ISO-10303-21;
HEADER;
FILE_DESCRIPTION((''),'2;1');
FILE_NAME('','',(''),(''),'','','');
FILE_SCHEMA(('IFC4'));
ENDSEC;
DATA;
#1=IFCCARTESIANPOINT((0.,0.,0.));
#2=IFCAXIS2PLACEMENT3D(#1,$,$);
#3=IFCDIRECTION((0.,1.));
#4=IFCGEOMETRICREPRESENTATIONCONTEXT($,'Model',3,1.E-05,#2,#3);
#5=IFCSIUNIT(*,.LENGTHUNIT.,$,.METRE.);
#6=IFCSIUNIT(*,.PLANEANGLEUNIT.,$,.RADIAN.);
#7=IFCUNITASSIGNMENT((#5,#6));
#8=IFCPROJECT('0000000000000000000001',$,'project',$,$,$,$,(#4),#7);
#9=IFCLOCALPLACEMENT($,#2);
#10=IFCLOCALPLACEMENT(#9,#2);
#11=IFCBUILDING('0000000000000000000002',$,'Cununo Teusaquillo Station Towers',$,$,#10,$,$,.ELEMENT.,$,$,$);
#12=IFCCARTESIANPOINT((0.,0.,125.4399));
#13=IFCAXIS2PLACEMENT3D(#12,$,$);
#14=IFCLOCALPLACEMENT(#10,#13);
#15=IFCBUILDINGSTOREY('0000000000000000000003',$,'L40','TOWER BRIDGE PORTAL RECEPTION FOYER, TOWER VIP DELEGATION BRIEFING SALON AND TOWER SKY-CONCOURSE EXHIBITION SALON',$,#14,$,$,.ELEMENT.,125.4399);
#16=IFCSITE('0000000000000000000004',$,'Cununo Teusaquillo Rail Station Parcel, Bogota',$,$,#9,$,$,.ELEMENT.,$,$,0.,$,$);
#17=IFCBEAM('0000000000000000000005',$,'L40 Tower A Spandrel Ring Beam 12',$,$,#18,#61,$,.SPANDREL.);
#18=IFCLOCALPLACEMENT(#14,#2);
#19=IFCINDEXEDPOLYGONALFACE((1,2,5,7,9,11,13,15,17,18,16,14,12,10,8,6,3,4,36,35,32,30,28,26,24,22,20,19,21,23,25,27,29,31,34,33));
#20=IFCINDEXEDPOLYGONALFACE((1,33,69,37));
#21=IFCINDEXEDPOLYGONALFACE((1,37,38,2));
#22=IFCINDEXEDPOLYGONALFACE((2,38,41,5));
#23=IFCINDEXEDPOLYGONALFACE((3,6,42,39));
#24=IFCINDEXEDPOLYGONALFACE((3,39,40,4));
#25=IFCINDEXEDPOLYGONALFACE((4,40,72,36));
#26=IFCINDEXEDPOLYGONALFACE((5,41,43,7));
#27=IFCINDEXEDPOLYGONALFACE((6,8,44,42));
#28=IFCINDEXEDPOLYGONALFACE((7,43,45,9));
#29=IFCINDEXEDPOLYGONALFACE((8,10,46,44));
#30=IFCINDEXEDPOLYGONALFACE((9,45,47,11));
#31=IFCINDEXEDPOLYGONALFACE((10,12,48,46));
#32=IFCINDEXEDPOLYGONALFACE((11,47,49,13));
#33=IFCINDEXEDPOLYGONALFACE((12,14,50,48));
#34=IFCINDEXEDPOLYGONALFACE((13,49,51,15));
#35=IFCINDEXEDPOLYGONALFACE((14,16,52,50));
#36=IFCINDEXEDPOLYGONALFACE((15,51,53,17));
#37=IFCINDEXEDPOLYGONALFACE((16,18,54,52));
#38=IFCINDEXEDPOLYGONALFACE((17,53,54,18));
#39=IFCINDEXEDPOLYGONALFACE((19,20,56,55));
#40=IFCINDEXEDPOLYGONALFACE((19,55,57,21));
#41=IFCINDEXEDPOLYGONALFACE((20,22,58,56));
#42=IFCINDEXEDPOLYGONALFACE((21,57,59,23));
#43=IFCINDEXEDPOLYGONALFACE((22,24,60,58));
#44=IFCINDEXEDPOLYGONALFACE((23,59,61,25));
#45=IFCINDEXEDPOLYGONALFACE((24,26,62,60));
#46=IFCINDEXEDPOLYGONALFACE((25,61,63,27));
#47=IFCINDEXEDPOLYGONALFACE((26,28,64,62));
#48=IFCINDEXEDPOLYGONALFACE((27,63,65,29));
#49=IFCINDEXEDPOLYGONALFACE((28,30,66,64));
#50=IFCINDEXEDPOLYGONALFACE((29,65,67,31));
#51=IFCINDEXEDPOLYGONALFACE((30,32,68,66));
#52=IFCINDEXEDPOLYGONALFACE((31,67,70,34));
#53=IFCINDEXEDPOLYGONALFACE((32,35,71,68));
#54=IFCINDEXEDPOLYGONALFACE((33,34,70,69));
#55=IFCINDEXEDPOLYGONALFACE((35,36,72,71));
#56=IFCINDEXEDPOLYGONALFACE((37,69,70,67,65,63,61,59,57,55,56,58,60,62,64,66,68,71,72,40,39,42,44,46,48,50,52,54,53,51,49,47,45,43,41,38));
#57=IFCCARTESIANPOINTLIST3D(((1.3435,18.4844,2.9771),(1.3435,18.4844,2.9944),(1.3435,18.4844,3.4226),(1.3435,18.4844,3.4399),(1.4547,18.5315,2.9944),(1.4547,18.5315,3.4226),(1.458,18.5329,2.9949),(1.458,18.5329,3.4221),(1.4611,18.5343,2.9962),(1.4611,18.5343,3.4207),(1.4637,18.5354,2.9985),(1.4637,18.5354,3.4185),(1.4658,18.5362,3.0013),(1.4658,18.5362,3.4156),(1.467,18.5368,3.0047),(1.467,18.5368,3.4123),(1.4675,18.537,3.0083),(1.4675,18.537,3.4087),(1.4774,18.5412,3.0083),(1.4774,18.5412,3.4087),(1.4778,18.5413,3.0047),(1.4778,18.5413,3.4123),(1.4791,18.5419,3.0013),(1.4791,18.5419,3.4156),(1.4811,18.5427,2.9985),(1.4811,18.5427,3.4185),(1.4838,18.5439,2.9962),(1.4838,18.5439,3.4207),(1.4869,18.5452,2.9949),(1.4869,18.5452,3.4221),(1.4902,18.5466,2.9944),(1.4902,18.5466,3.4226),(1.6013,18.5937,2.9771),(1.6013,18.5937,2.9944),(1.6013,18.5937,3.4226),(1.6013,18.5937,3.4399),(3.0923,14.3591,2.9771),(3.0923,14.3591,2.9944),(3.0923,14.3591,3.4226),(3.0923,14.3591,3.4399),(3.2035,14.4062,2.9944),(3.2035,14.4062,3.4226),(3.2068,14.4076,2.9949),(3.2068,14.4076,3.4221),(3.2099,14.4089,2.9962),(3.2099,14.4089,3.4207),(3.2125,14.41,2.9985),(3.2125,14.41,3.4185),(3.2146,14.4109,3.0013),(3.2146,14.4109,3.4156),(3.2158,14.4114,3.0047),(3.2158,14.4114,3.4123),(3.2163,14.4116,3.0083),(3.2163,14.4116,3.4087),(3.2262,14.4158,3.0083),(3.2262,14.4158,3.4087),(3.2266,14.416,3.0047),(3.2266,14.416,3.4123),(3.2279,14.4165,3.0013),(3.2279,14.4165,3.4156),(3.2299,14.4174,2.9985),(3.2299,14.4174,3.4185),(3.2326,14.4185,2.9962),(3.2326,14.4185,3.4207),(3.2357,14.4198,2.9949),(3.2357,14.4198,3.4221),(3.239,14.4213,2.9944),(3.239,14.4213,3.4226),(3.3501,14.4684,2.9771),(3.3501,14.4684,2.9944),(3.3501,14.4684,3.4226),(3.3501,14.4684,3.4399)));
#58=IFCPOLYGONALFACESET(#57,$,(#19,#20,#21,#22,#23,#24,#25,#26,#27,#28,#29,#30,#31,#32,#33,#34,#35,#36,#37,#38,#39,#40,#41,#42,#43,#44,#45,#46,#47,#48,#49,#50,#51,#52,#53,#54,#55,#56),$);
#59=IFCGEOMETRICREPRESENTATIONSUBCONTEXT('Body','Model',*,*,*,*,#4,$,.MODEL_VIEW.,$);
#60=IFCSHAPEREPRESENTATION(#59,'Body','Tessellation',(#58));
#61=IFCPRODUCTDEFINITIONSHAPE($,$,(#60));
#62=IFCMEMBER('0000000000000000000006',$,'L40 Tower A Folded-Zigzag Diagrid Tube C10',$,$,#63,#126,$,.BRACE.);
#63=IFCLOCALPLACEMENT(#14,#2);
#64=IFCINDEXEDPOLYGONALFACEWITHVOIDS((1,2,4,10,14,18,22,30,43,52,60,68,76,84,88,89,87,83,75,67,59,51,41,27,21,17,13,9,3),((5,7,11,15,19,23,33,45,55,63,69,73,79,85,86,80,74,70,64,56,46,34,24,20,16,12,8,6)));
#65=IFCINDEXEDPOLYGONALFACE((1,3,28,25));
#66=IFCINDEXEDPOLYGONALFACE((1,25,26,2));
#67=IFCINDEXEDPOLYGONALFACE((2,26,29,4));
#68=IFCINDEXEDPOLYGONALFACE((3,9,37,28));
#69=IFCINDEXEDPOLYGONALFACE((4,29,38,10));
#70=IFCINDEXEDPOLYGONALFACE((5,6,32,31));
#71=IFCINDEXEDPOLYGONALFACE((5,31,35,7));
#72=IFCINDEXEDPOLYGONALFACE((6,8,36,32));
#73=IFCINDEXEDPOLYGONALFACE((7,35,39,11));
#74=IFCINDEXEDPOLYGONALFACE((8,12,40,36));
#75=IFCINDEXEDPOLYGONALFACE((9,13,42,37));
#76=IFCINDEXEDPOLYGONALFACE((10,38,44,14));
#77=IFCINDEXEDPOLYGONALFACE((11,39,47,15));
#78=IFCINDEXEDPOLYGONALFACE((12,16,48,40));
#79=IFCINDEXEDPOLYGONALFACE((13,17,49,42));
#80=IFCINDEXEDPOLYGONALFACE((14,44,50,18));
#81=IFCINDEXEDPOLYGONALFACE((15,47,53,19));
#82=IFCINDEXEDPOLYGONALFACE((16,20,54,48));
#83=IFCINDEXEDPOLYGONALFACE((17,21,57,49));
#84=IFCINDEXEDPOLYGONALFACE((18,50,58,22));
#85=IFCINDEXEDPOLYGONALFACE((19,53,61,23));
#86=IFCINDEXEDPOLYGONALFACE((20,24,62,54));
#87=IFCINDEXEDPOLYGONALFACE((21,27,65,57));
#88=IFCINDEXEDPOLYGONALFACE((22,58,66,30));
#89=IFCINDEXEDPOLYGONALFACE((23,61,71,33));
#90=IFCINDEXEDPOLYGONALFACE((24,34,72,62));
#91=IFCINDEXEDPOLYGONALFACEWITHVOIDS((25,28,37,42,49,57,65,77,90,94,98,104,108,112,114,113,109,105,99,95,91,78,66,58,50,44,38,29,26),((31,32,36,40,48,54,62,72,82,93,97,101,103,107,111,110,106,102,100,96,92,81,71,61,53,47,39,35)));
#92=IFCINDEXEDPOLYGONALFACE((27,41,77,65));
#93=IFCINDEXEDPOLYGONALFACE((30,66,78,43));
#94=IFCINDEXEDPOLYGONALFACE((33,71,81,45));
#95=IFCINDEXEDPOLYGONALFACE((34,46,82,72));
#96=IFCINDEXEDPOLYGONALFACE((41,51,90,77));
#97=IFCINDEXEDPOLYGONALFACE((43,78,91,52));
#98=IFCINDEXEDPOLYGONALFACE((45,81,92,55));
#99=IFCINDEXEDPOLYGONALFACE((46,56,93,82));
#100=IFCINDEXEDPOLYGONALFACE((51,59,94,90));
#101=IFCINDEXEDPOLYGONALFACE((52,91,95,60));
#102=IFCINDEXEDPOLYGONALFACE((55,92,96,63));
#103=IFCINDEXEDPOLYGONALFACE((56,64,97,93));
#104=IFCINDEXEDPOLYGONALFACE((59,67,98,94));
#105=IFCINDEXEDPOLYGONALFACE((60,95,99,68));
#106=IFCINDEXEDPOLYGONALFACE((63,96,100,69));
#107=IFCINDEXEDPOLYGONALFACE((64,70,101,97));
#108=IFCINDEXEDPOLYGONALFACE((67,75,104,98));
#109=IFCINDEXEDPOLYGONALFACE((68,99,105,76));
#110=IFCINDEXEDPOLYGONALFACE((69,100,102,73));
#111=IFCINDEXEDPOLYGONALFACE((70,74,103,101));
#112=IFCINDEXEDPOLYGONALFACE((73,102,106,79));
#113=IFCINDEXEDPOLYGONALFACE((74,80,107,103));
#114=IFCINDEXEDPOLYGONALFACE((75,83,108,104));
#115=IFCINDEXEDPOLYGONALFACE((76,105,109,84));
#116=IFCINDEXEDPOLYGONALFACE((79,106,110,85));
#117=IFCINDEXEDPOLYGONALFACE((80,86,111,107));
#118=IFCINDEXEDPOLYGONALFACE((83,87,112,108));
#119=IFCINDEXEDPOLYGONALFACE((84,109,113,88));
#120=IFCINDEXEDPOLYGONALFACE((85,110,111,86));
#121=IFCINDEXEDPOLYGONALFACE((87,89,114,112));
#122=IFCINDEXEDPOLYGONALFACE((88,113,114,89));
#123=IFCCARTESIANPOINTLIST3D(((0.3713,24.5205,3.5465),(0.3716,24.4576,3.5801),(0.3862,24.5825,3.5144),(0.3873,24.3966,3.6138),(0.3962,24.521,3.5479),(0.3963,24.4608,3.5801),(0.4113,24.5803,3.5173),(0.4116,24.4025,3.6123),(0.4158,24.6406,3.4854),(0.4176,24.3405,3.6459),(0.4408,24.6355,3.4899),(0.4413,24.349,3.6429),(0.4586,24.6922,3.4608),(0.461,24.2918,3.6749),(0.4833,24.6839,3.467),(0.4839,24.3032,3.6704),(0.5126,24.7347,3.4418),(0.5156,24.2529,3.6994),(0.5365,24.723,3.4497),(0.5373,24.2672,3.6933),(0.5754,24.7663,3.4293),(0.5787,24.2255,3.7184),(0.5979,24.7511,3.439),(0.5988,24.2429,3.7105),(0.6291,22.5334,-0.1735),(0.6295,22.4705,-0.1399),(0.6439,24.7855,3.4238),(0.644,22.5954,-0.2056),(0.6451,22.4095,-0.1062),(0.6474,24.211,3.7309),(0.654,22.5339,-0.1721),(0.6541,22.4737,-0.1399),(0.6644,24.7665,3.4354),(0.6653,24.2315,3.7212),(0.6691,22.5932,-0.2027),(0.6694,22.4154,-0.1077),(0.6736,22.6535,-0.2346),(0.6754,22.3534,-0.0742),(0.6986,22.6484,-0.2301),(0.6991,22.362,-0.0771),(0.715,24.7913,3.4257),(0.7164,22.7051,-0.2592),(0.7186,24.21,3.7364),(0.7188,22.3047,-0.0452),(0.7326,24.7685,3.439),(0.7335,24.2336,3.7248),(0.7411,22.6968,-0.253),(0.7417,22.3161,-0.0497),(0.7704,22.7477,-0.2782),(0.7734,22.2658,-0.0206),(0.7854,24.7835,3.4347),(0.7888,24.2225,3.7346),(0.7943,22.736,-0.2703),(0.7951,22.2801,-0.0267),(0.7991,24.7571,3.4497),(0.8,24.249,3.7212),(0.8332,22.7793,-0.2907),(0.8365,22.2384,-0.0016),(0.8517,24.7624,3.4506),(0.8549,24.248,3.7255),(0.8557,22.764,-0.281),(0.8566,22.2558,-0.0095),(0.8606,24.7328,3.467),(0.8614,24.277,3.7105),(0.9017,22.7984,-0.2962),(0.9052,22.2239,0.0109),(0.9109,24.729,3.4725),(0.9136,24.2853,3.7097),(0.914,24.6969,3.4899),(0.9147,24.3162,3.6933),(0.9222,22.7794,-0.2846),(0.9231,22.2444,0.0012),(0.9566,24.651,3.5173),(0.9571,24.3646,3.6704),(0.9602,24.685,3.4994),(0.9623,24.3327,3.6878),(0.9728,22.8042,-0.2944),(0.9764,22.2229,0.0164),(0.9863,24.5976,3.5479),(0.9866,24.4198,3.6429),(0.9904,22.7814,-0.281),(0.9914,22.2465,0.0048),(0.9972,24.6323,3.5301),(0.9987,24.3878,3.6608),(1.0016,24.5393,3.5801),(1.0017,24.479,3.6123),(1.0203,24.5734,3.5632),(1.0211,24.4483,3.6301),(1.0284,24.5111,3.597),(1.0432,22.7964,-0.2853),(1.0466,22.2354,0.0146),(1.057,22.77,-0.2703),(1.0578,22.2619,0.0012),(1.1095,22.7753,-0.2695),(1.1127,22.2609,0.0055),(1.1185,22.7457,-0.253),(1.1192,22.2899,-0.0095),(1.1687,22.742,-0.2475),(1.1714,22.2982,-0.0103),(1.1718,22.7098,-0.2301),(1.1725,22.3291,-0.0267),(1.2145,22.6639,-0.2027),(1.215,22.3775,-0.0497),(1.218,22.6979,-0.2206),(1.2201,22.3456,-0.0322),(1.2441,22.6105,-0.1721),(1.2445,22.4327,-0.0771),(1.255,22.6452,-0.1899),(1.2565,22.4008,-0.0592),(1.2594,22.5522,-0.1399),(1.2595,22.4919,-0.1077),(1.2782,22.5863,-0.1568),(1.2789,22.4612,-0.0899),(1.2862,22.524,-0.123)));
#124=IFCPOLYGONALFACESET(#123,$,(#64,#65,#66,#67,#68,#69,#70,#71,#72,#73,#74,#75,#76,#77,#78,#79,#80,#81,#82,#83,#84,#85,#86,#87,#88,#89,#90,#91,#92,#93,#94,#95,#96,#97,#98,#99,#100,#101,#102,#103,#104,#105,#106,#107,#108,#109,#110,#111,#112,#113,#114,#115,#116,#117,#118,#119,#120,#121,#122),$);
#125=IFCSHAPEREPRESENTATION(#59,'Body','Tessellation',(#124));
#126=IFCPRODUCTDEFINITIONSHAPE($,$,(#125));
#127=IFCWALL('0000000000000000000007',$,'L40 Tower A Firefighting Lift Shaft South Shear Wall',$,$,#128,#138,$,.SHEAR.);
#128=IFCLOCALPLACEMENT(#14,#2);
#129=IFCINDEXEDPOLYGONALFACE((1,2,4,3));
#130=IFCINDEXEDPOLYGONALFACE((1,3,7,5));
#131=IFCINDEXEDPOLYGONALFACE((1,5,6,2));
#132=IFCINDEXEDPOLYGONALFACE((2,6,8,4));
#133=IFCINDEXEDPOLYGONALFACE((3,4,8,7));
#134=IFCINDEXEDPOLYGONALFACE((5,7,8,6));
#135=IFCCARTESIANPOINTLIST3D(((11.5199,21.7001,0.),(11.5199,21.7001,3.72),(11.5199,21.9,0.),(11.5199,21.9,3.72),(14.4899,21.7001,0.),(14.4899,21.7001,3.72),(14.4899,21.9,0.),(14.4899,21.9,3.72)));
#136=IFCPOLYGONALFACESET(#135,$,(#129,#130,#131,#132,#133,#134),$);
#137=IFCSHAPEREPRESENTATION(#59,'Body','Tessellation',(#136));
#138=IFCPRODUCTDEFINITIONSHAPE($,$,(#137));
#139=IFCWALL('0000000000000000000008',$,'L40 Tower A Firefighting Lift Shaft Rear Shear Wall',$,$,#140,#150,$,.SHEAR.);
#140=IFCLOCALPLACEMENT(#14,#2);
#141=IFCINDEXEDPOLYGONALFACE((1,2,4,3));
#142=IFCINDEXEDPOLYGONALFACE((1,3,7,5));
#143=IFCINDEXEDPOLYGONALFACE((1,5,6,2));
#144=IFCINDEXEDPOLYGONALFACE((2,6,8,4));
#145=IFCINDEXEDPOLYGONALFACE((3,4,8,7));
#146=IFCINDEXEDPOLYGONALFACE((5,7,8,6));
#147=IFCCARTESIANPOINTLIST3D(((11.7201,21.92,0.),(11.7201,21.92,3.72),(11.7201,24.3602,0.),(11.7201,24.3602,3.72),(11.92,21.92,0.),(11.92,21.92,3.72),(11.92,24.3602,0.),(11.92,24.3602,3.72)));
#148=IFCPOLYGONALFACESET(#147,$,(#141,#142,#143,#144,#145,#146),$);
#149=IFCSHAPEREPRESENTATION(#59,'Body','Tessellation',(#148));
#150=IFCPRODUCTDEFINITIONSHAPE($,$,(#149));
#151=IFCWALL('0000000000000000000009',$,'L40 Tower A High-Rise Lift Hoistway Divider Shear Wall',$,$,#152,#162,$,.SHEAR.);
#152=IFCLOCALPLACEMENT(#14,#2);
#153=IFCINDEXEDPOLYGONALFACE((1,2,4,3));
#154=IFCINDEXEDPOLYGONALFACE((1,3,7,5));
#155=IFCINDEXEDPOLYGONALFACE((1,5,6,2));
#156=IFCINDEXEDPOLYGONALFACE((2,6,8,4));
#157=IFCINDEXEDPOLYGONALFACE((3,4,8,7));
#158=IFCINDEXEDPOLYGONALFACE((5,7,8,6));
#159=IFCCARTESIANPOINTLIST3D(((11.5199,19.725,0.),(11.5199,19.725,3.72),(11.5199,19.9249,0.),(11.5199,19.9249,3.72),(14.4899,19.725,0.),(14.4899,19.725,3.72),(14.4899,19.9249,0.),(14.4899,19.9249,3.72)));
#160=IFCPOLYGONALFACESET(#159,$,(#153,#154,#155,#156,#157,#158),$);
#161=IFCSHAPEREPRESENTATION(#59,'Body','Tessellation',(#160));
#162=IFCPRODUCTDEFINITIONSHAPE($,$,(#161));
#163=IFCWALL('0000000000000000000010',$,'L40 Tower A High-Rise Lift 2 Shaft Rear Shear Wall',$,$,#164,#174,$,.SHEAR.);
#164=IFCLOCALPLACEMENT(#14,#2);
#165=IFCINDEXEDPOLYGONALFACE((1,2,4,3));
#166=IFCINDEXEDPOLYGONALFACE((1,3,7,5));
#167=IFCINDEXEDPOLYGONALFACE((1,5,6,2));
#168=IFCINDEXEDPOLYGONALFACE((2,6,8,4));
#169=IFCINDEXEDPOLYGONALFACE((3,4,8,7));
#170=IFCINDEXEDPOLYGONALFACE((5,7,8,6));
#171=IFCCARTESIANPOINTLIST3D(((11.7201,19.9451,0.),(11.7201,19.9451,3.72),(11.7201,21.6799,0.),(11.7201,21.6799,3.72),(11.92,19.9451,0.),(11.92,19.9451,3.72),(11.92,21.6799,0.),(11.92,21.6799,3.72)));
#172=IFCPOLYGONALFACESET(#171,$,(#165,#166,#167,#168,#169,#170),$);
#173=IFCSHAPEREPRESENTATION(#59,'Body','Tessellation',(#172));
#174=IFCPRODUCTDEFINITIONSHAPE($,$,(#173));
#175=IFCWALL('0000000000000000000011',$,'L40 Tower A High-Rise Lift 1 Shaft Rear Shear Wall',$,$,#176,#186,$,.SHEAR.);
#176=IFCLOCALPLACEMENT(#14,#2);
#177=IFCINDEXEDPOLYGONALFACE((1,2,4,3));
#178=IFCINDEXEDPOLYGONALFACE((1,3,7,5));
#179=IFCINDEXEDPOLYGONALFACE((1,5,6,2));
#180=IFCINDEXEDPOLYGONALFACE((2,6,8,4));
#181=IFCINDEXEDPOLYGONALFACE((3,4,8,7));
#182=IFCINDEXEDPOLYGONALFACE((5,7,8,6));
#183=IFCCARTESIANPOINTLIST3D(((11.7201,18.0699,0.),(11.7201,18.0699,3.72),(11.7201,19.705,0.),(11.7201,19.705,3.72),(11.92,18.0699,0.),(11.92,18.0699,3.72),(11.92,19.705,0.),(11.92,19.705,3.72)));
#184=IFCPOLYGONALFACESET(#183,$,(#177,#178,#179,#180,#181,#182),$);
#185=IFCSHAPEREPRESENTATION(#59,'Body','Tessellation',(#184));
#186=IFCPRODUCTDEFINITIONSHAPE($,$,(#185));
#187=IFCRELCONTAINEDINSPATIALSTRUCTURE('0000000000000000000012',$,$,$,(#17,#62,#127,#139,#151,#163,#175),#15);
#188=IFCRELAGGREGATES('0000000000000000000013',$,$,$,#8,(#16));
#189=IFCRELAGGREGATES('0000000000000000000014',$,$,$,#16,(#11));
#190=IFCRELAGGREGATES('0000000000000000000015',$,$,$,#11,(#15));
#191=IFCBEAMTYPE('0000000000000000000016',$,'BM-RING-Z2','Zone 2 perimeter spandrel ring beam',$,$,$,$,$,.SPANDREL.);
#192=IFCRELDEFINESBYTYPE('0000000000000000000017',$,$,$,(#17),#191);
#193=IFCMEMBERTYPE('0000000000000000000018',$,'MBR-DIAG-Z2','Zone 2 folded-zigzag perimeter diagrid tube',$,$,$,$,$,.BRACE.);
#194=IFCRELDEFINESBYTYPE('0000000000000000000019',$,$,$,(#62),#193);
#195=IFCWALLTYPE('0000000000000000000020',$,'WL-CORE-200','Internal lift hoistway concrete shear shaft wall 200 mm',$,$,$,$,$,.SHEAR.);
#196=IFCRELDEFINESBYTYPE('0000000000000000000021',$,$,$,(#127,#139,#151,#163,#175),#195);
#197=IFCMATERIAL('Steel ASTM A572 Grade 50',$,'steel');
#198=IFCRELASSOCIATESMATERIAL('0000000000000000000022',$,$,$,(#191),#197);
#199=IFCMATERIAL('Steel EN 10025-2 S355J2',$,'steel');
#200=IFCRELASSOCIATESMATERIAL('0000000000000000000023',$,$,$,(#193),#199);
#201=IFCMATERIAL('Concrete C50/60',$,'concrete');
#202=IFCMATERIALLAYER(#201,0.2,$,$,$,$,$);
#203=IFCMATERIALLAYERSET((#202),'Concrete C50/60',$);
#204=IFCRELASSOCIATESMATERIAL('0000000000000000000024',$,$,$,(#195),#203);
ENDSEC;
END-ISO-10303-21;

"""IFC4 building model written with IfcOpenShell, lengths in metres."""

from ifc_helpers import new_model, si_unit, direction, frame, frame_2d, origin, origin_2d, place, context, subcontext, project, spatial, rectangle, hollow_circle, i_section, extrude, material, layer, layer_set, material_profile, profile_set, type_object, element, save


model = new_model("IFC4")

# Units and contexts
model_context = context("Model", 3, precision=1e-05, world=origin(), true_north=direction((0.0, 1.0)))
body_context = subcontext(model_context, "Body", "Model", "MODEL_VIEW")
ifc_project = project(units=[si_unit("LENGTHUNIT", "METRE"), si_unit("PLANEANGLEUNIT", "RADIAN")], contexts=[model_context])

# Site, building, storey
site_placement = place(None, origin())
site = spatial("IfcSite", under=ifc_project, at=site_placement, Name="Cununo Teusaquillo Rail Station Parcel, Bogota", CompositionType="ELEMENT", RefElevation=0.0)
building_placement = place(site_placement, origin())
building = spatial("IfcBuilding", under=site, at=building_placement, Name="Cununo Teusaquillo Station Towers", CompositionType="ELEMENT")
storey_placement = place(building_placement, frame((0.0, 0.0, 125.4399)))
storey = spatial("IfcBuildingStorey", under=building, at=storey_placement, Name="L40", Description="TOWER BRIDGE PORTAL RECEPTION FOYER, TOWER VIP DELEGATION BRIEFING SALON AND TOWER SKY-CONCOURSE EXHIBITION SALON", CompositionType="ELEMENT", Elevation=125.4399)

# Beam
ifc_material_1 = material(Name="Steel ASTM A572 Grade 50", Category="steel")
ifc_material_profile_1 = material_profile(ifc_material_1, i_section(OverallWidth=0.28, OverallDepth=0.4629, WebThickness=0.0107, FlangeThickness=0.0173, FilletRadius=0.0139, at=origin_2d()), Name="W18X76")
ifc_profile_set_1 = profile_set([ifc_material_profile_1], Name="Steel ASTM A572 Grade 50")
beam_type_1 = type_object("IfcBeamType", Name="BM-RING-Z2", Description="Zone 2 perimeter spandrel ring beam", PredefinedType="SPANDREL", material=ifc_profile_set_1)
beam_1_placement = place(storey_placement, frame((1.4724, 18.5391, 3.2085), z_axis=(0.390299, -0.920688, 0.0), x_axis=(0.920688, 0.390299, 0.0)))
element("IfcBeam", 1, at=beam_1_placement, inside=storey, type_object=beam_type_1, Name="L40 Tower A Spandrel Ring Beam 12", PredefinedType="SPANDREL", context=body_context, shape_type="SweptSolid", body=[
    extrude(i_section(OverallWidth=0.28, OverallDepth=0.4629, WebThickness=0.0107, FlangeThickness=0.0173, FilletRadius=0.0139, at=origin_2d()), origin(), (0.0, 0.0, 1.0), 4.4807),
])

# Member
ifc_material_2 = material(Name="Steel EN 10025-2 S355J2", Category="steel")
ifc_material_profile_2 = material_profile(ifc_material_2, hollow_circle(Radius=0.3301, WallThickness=0.0249, at=origin_2d()), Name="CHS 660x25")
ifc_profile_set_2 = profile_set([ifc_material_profile_2], Name="Steel EN 10025-2 S355J2")
member_type = type_object("IfcMemberType", Name="MBR-DIAG-Z2", Description="Zone 2 folded-zigzag perimeter diagrid tube", PredefinedType="BRACE", material=ifc_profile_set_2)
member_placement = place(storey_placement, frame((0.9568, 22.5129, -0.1399), z_axis=(-0.061017, 0.470278, 0.880406), x_axis=(-0.991688, -0.128667, 0.0)))
element("IfcMember", 2, at=member_placement, inside=storey, type_object=member_type, Name="L40 Tower A Folded-Zigzag Diagrid Tube C10", PredefinedType="BRACE", context=body_context, shape_type="SweptSolid", body=[
    extrude(hollow_circle(Radius=0.3301, WallThickness=0.0249, at=origin_2d()), origin(), (0.0, 0.0, 1.0), 4.2253),
])

# Walls
ifc_material_3 = material(Name="Concrete C50/60", Category="concrete")
ifc_layer_1 = layer(ifc_material_3, 0.2)
ifc_layer_set_1 = layer_set([ifc_layer_1], Name="Concrete C50/60")
wall_type_1 = type_object("IfcWallType", Name="WL-CORE-200", Description="Internal lift hoistway concrete shear shaft wall 200 mm", PredefinedType="SHEAR", material=ifc_layer_set_1)
wall_1_placement = place(storey_placement, frame((11.52, 21.8, 0.0), z_axis=(0.0, 0.0, 1.0), x_axis=(1.0, 0.0, 0.0)))
element("IfcWall", 3, at=wall_1_placement, inside=storey, type_object=wall_type_1, Name="L40 Tower A Firefighting Lift Shaft South Shear Wall", PredefinedType="SHEAR", context=body_context, shape_type="SweptSolid", body=[
    extrude(rectangle(XDim=2.97, YDim=0.2, at=frame_2d((1.4849, 0.0))), origin(), (0.0, 0.0, 1.0), 3.72),
])
wall_2_placement = place(storey_placement, frame((11.8201, 21.9199, 0.0), z_axis=(0.0, 0.0, 1.0), x_axis=(0.0, 1.0, 0.0)))
element("IfcWall", 4, at=wall_2_placement, inside=storey, type_object=wall_type_1, Name="L40 Tower A Firefighting Lift Shaft Rear Shear Wall", PredefinedType="SHEAR", context=body_context, shape_type="SweptSolid", body=[
    extrude(rectangle(XDim=2.4402, YDim=0.2, at=frame_2d((1.2202, 0.0))), origin(), (0.0, 0.0, 1.0), 3.72),
])
wall_3_placement = place(storey_placement, frame((11.52, 19.825, 0.0), z_axis=(0.0, 0.0, 1.0), x_axis=(1.0, 0.0, 0.0)))
element("IfcWall", 5, at=wall_3_placement, inside=storey, type_object=wall_type_1, Name="L40 Tower A High-Rise Lift Hoistway Divider Shear Wall", PredefinedType="SHEAR", context=body_context, shape_type="SweptSolid", body=[
    extrude(rectangle(XDim=2.97, YDim=0.2, at=frame_2d((1.4849, 0.0))), origin(), (0.0, 0.0, 1.0), 3.72),
])
wall_4_placement = place(storey_placement, frame((11.8201, 19.9451, 0.0), z_axis=(0.0, 0.0, 1.0), x_axis=(0.0, 1.0, 0.0)))
element("IfcWall", 6, at=wall_4_placement, inside=storey, type_object=wall_type_1, Name="L40 Tower A High-Rise Lift 2 Shaft Rear Shear Wall", PredefinedType="SHEAR", context=body_context, shape_type="SweptSolid", body=[
    extrude(rectangle(XDim=1.7349, YDim=0.2, at=frame_2d((0.8674, 0.0))), origin(), (0.0, 0.0, 1.0), 3.72),
])
wall_5_placement = place(storey_placement, frame((11.8201, 18.0701, 0.0), z_axis=(0.0, 0.0, 1.0), x_axis=(0.0, 1.0, 0.0)))
element("IfcWall", 7, at=wall_5_placement, inside=storey, type_object=wall_type_1, Name="L40 Tower A High-Rise Lift 1 Shaft Rear Shear Wall", PredefinedType="SHEAR", context=body_context, shape_type="SweptSolid", body=[
    extrude(rectangle(XDim=1.635, YDim=0.2, at=frame_2d((0.8174, 0.0))), origin(), (0.0, 0.0, 1.0), 3.72),
])

save(model, "model.ifc")
